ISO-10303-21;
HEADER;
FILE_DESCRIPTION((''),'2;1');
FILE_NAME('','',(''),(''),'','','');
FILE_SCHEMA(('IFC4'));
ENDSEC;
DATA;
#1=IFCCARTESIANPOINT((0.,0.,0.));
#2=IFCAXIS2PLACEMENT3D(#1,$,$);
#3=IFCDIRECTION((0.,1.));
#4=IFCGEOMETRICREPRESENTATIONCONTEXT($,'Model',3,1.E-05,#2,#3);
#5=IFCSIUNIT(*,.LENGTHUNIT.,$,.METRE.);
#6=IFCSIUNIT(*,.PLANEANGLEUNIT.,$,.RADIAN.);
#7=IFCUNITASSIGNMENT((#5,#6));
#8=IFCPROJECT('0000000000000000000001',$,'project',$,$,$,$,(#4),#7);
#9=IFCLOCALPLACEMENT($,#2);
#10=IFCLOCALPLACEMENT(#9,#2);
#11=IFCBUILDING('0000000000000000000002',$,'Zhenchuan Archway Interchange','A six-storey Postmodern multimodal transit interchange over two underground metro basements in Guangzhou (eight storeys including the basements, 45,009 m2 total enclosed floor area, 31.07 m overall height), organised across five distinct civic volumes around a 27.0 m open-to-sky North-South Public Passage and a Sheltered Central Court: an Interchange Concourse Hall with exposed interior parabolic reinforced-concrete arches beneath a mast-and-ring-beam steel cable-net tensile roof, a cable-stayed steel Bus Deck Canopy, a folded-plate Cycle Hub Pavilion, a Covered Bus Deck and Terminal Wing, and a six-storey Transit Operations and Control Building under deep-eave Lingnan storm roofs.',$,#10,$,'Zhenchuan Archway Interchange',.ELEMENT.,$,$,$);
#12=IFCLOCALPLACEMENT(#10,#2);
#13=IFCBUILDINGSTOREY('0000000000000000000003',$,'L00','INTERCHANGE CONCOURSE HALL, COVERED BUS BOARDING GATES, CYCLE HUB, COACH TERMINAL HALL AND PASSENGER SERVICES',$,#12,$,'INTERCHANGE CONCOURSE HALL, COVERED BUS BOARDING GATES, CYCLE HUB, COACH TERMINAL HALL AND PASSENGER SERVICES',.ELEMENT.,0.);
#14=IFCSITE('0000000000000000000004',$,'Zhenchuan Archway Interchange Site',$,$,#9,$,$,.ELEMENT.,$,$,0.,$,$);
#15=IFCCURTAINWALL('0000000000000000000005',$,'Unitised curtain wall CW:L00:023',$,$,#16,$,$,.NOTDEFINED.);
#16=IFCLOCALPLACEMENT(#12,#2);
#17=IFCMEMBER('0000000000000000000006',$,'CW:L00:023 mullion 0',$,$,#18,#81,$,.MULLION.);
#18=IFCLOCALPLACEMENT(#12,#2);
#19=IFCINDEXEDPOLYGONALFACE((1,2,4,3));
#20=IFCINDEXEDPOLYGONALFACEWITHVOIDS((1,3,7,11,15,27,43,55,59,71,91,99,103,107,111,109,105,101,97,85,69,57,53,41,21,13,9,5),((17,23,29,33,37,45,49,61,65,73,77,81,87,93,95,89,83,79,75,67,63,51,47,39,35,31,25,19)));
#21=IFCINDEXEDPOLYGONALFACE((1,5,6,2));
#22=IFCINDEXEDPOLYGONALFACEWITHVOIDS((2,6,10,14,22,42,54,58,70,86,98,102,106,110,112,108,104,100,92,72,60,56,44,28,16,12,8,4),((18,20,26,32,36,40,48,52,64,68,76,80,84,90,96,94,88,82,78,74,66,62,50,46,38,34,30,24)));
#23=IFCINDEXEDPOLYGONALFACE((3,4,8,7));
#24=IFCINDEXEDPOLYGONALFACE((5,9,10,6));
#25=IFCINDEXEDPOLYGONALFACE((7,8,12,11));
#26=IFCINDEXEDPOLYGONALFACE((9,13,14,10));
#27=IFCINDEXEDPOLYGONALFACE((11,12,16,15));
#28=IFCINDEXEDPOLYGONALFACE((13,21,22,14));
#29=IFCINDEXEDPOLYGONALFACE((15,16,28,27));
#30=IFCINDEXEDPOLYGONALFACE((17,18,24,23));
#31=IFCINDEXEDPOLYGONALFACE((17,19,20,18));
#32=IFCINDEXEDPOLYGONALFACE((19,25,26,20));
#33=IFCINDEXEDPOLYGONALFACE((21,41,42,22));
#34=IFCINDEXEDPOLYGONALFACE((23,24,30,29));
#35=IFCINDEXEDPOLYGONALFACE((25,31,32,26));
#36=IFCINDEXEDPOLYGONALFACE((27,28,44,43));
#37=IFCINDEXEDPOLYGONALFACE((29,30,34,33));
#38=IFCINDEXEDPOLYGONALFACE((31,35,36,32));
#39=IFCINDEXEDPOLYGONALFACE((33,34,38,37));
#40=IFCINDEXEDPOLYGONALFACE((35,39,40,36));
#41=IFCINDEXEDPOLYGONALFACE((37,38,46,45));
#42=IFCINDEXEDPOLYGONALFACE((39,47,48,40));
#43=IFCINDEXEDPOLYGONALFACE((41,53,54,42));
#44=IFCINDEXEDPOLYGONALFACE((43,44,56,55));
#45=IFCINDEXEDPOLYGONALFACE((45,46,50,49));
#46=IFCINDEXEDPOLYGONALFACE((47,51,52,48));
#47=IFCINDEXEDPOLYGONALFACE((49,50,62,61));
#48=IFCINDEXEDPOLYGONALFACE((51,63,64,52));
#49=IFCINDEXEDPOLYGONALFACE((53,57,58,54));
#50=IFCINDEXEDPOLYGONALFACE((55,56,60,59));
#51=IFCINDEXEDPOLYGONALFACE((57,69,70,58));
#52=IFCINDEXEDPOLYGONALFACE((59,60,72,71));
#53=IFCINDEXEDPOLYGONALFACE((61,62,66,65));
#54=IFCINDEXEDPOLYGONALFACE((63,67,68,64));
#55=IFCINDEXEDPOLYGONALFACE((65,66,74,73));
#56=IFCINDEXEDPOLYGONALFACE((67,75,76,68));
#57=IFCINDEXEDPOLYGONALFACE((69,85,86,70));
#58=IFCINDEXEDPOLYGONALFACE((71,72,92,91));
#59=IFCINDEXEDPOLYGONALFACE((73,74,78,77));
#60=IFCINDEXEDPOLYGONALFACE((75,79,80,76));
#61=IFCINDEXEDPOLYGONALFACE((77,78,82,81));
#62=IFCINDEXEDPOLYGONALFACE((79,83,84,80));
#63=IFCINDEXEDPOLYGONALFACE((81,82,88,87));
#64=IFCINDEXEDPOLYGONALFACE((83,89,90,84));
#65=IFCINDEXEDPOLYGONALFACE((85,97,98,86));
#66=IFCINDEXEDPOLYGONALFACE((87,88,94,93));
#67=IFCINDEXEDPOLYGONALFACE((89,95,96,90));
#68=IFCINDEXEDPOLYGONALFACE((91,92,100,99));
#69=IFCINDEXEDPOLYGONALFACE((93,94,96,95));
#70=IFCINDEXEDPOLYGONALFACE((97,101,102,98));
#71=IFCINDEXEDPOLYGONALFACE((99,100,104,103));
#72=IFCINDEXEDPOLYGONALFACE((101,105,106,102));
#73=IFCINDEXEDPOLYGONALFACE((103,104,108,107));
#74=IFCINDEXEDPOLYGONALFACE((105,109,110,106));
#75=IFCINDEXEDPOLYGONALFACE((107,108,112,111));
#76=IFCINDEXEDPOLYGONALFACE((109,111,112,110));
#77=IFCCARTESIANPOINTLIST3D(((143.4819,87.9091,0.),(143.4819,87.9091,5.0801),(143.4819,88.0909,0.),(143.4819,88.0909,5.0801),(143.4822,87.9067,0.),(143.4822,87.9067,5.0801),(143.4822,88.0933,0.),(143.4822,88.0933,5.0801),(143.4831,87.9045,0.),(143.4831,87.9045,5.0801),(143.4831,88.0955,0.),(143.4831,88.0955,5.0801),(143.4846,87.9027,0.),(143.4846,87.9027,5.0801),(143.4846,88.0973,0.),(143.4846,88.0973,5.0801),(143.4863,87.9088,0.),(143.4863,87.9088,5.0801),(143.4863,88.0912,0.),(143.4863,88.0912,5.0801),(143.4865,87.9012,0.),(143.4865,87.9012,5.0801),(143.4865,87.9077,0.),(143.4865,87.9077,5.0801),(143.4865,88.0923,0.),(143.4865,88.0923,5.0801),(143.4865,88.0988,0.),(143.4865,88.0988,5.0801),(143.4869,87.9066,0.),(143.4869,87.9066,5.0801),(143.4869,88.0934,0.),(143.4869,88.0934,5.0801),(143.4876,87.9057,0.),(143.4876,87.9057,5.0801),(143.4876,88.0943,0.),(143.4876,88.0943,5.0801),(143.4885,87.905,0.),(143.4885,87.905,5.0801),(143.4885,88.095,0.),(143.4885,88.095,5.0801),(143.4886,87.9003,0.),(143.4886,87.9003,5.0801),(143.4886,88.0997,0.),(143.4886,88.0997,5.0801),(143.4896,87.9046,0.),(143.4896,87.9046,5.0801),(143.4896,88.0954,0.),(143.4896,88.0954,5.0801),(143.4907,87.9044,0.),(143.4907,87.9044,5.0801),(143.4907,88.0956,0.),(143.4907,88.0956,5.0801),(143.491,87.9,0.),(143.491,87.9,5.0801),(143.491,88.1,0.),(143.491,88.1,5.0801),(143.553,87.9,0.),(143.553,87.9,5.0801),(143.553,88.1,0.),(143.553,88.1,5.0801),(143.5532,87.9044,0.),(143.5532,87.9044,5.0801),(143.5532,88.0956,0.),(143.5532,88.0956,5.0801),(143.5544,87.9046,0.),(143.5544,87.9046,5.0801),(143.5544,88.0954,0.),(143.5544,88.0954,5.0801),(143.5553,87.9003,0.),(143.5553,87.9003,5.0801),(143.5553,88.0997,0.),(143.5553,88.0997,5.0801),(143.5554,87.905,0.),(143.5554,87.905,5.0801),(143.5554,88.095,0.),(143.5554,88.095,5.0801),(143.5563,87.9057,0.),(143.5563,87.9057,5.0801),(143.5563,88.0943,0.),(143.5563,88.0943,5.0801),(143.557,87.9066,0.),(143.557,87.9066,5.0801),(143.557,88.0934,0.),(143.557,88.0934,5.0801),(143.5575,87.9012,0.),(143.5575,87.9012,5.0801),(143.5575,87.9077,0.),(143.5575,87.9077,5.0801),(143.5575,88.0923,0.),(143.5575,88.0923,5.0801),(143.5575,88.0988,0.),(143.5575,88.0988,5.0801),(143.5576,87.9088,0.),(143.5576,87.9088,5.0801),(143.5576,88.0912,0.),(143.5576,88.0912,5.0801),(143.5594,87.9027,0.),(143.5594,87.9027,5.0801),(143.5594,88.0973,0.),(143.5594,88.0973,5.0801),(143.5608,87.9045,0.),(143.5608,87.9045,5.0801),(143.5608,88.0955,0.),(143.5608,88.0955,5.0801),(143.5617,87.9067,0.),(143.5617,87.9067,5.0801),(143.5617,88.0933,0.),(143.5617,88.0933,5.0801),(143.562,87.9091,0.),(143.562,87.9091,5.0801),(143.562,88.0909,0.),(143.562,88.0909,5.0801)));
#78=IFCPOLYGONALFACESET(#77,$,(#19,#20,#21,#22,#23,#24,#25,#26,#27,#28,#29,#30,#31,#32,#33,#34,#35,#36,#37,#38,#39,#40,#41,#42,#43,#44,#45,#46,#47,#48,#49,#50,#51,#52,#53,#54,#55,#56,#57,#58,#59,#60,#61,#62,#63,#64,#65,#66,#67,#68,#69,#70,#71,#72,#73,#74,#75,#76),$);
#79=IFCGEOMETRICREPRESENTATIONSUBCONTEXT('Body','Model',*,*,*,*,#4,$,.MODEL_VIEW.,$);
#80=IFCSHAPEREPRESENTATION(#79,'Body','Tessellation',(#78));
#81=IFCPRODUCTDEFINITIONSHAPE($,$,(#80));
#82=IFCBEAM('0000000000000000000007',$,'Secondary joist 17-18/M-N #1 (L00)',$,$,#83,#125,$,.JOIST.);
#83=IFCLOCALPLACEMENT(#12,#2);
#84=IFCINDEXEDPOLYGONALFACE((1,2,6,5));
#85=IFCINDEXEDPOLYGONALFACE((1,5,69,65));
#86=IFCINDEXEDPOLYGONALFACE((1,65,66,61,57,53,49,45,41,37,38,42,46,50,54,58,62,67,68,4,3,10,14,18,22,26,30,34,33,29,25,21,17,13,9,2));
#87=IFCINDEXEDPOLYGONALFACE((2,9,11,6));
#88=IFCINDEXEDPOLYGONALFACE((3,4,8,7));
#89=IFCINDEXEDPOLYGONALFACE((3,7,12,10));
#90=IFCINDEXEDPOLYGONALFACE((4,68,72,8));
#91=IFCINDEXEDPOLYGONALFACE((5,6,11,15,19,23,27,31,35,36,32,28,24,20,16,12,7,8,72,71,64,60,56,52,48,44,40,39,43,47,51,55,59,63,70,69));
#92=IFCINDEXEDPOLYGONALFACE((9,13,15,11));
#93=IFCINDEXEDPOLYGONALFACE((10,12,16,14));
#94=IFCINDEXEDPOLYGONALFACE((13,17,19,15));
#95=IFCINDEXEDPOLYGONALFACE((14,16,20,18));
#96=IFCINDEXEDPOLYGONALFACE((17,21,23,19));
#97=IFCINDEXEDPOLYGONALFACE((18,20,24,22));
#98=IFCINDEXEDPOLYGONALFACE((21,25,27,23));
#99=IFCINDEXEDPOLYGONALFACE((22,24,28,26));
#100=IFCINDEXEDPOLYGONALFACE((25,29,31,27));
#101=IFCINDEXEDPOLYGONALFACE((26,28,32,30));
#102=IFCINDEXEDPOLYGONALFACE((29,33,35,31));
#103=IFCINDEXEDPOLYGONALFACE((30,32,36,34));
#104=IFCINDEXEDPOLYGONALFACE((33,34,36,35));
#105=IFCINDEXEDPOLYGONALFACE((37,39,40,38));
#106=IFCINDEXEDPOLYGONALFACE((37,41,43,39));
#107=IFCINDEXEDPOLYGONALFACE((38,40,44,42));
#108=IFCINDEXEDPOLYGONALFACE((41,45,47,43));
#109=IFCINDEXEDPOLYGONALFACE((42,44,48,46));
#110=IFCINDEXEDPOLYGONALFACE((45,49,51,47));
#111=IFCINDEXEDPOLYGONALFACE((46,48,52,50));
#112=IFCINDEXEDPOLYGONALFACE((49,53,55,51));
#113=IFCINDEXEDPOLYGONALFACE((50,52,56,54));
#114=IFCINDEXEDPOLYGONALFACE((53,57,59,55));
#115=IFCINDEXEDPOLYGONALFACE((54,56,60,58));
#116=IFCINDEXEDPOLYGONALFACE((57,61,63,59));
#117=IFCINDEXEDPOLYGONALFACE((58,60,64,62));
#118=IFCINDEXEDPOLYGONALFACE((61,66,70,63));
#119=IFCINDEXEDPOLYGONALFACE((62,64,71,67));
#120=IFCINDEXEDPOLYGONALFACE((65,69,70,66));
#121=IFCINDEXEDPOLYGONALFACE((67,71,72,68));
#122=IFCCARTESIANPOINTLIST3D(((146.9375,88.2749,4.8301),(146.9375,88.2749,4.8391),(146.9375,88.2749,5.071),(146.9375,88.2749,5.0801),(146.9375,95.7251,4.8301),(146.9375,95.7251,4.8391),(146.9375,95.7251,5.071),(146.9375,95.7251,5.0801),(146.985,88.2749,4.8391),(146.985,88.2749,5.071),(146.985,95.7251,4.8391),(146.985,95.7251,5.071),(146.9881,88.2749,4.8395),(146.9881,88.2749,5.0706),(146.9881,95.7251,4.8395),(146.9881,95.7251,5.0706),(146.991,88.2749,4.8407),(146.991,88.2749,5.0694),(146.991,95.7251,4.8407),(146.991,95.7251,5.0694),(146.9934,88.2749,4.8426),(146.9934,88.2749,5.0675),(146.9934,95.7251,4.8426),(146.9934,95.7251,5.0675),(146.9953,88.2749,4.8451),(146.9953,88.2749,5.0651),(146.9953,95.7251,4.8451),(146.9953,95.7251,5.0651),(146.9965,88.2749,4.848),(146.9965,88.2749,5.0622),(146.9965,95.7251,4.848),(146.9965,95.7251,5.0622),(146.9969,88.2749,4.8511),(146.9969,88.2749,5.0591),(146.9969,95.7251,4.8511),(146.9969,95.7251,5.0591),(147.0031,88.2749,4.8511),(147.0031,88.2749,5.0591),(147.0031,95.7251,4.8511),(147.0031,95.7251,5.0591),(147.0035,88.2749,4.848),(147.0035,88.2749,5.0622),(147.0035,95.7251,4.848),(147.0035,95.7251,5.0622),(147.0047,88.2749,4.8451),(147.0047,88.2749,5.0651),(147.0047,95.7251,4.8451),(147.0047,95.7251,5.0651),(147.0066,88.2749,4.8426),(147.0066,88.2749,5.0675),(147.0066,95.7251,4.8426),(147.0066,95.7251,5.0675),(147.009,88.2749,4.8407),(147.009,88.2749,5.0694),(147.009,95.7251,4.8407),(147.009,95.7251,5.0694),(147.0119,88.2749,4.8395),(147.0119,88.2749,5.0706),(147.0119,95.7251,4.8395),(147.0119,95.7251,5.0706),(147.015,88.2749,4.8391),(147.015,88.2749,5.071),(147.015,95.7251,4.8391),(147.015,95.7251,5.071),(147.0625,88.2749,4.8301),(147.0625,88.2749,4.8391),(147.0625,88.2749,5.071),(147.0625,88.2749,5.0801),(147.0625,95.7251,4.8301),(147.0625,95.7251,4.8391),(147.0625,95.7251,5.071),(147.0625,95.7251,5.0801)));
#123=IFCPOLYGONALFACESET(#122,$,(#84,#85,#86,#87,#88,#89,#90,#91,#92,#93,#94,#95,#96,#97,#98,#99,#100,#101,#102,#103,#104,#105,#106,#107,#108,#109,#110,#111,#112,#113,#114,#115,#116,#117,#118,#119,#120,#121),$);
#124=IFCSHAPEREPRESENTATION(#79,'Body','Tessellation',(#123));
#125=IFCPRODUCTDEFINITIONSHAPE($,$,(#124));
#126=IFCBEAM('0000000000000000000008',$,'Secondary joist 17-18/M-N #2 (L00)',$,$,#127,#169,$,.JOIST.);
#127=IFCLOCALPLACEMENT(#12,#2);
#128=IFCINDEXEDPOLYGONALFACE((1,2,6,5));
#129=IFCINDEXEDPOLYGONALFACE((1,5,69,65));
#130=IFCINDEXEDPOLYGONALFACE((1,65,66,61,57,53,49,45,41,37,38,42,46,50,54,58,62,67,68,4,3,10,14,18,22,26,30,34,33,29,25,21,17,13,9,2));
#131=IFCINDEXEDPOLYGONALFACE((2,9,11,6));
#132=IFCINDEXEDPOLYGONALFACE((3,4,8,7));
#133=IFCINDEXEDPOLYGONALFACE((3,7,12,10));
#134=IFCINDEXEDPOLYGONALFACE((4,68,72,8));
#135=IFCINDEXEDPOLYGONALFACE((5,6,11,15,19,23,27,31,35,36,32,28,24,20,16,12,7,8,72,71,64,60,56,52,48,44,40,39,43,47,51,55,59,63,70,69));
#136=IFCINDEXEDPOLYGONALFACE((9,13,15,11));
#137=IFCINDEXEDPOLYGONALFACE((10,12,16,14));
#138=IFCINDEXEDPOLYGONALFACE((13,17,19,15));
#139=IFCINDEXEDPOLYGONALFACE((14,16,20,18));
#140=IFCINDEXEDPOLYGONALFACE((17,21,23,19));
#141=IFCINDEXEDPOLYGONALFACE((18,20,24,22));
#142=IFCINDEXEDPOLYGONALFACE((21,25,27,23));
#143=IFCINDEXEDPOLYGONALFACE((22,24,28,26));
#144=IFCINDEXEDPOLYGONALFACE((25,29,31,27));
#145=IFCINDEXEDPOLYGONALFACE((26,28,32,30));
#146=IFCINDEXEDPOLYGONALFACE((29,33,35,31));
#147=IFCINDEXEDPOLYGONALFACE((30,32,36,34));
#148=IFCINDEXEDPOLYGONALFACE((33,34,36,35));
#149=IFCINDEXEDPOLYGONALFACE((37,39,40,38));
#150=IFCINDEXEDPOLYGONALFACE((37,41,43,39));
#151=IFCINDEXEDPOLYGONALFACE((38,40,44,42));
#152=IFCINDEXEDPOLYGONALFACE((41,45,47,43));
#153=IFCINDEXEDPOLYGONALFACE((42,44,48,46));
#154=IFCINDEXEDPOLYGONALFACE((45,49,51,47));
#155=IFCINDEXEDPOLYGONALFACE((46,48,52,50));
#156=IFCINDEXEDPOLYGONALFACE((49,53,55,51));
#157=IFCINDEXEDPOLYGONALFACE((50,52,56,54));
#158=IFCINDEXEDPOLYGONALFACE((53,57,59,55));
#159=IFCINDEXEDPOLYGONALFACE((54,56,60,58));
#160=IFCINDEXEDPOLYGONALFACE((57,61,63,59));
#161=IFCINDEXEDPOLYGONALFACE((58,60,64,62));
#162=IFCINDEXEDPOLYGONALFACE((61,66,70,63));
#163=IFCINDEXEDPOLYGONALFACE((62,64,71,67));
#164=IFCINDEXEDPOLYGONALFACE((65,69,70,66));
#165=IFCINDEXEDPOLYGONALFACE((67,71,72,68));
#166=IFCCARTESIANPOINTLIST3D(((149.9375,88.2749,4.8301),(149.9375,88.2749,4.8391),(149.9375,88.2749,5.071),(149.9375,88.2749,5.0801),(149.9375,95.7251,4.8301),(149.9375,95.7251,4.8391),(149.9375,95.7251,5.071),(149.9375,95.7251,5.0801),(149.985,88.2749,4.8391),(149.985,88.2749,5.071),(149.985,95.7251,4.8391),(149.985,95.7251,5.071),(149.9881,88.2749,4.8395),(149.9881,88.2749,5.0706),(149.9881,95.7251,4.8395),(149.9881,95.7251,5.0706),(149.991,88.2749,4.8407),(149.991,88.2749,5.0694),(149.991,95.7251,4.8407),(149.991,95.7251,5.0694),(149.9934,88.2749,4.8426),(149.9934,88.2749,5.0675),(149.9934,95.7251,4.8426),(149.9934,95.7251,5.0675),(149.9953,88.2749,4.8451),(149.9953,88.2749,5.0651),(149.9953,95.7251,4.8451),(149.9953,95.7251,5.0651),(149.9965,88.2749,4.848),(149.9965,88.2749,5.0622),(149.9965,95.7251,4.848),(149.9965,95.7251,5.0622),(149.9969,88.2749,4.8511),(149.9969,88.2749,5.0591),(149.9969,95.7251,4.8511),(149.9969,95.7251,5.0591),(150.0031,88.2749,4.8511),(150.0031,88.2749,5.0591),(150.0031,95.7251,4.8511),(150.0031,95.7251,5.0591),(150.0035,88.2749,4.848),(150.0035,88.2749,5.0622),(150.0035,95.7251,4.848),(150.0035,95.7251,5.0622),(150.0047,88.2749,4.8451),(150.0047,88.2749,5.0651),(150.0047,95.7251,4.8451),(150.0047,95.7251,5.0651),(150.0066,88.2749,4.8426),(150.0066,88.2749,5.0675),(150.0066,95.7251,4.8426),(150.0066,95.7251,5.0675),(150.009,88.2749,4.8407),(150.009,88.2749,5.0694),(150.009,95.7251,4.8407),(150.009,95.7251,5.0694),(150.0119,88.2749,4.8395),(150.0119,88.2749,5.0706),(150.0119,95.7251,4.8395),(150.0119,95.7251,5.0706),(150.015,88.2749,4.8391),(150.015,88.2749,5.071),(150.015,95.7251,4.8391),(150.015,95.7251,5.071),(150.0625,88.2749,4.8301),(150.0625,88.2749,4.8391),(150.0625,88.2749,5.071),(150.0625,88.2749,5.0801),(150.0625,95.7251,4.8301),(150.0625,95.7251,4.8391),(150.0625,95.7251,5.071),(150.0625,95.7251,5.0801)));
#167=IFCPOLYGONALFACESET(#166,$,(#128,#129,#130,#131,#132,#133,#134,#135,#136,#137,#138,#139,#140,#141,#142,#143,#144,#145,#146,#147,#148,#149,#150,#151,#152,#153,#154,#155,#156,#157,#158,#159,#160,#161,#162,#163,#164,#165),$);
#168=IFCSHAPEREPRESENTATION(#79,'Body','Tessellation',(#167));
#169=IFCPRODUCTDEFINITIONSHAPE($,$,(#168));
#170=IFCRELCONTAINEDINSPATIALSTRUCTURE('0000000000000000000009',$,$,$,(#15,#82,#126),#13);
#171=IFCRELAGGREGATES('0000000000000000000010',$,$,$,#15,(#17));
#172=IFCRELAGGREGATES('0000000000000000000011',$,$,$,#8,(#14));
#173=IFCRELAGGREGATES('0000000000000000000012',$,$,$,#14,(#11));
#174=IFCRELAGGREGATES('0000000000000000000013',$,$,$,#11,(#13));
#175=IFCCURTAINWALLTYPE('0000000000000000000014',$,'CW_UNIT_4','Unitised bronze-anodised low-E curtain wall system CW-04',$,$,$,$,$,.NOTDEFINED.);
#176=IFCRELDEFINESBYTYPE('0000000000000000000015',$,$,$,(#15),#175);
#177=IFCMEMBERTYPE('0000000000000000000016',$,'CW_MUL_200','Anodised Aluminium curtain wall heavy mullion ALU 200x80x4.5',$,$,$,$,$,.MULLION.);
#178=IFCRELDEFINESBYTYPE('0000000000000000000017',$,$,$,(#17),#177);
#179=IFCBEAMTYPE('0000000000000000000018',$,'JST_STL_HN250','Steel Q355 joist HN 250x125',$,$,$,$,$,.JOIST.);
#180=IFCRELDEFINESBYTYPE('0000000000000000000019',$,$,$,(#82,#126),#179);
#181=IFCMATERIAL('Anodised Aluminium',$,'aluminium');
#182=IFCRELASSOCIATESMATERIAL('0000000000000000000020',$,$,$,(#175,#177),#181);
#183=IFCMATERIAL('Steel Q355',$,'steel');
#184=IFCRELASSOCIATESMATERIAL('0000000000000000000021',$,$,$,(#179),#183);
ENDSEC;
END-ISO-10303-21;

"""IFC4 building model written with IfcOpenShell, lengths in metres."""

from ifc_helpers import new_model, si_unit, direction, frame, origin, origin_2d, place, context, subcontext, project, spatial, hollow_rectangle, i_section, extrude, material, material_profile, profile_set, type_object, element, aggregate, save


model = new_model("IFC4")

# Units and contexts
model_context = context("Model", 3, precision=1e-05, world=origin(), true_north=direction((0.0, 1.0)))
body_context = subcontext(model_context, "Body", "Model", "MODEL_VIEW")
ifc_project = project(units=[si_unit("LENGTHUNIT", "METRE"), si_unit("PLANEANGLEUNIT", "RADIAN")], contexts=[model_context])

# Site, building, storey
site_placement = place(None, origin())
site = spatial("IfcSite", under=ifc_project, at=site_placement, Name="Zhenchuan Archway Interchange Site", CompositionType="ELEMENT", RefElevation=0.0)
building_placement = place(site_placement, origin())
building = spatial("IfcBuilding", under=site, at=building_placement, Name="Zhenchuan Archway Interchange", Description="A six-storey Postmodern multimodal transit interchange over two underground metro basements in Guangzhou (eight storeys including the basements, 45,009 m2 total enclosed floor area, 31.07 m overall height), organised across five distinct civic volumes around a 27.0 m open-to-sky North-South Public Passage and a Sheltered Central Court: an Interchange Concourse Hall with exposed interior parabolic reinforced-concrete arches beneath a mast-and-ring-beam steel cable-net tensile roof, a cable-stayed steel Bus Deck Canopy, a folded-plate Cycle Hub Pavilion, a Covered Bus Deck and Terminal Wing, and a six-storey Transit Operations and Control Building under deep-eave Lingnan storm roofs.", LongName="Zhenchuan Archway Interchange", CompositionType="ELEMENT")
storey_placement = place(building_placement, origin())
storey = spatial("IfcBuildingStorey", under=building, at=storey_placement, Name="L00", Description="INTERCHANGE CONCOURSE HALL, COVERED BUS BOARDING GATES, CYCLE HUB, COACH TERMINAL HALL AND PASSENGER SERVICES", LongName="INTERCHANGE CONCOURSE HALL, COVERED BUS BOARDING GATES, CYCLE HUB, COACH TERMINAL HALL AND PASSENGER SERVICES", CompositionType="ELEMENT", Elevation=0.0)

# Curtain wall, member
ifc_material_1 = material(Name="Anodised Aluminium", Category="aluminium")
curtain_wall_type = type_object("IfcCurtainWallType", Name="CW_UNIT_4", Description="Unitised bronze-anodised low-E curtain wall system CW-04", PredefinedType="NOTDEFINED", material=ifc_material_1)
curtain_wall_placement = place(storey_placement, origin())
curtain_wall = element("IfcCurtainWall", 1, at=curtain_wall_placement, inside=storey, type_object=curtain_wall_type, Name="Unitised curtain wall CW:L00:023", PredefinedType="NOTDEFINED")
ifc_material_profile_1 = material_profile(ifc_material_1, hollow_rectangle(XDim=0.0801, YDim=0.2, WallThickness=0.0044, InnerFilletRadius=0.0044, OuterFilletRadius=0.009, at=origin_2d()), Name="ALU 200x80x4.5")
ifc_profile_set_1 = profile_set([ifc_material_profile_1], Name="Anodised Aluminium")
member_type = type_object("IfcMemberType", Name="CW_MUL_200", Description="Anodised Aluminium curtain wall heavy mullion ALU 200x80x4.5", PredefinedType="MULLION", material=ifc_profile_set_1)
member_placement = place(storey_placement, frame((143.522, 88.0, 0.0), z_axis=(0.0, 0.0, 1.0), x_axis=(1.0, 0.0, 0.0)))
member = element("IfcMember", 2, at=member_placement, type_object=member_type, Name="CW:L00:023 mullion 0", PredefinedType="MULLION", context=body_context, shape_type="SweptSolid", body=[
    extrude(hollow_rectangle(XDim=0.0801, YDim=0.2, WallThickness=0.0044, InnerFilletRadius=0.0044, OuterFilletRadius=0.009, at=origin_2d()), origin(), (0.0, 0.0, 1.0), 5.0801),
])
aggregate(curtain_wall, [member])

# Beams
ifc_material_2 = material(Name="Steel Q355", Category="steel")
ifc_material_profile_2 = material_profile(ifc_material_2, i_section(OverallWidth=0.125, OverallDepth=0.25, WebThickness=0.0061, FlangeThickness=0.009, FilletRadius=0.012, at=origin_2d()), Name="HN 250x125")
ifc_profile_set_2 = profile_set([ifc_material_profile_2], Name="Steel Q355")
beam_type_1 = type_object("IfcBeamType", Name="JST_STL_HN250", Description="Steel Q355 joist HN 250x125", PredefinedType="JOIST", material=ifc_profile_set_2)
for number, where, z_axis, x_axis, name in (
    (3, (147.0, 88.2749, 4.9551), (0.0, 1.0, 0.0), (-1.0, 0.0, 0.0), "Secondary joist 17-18/M-N #1 (L00)"),
    (4, (150.0, 88.2749, 4.9551), (0.0, 1.0, 0.0), (-1.0, 0.0, 0.0), "Secondary joist 17-18/M-N #2 (L00)"),
):
    element("IfcBeam", number, at=place(storey_placement, frame(where, z_axis=z_axis, x_axis=x_axis)), inside=storey, type_object=beam_type_1, Name=name, PredefinedType="JOIST", context=body_context, shape_type="SweptSolid", body=[
        extrude(i_section(OverallWidth=0.125, OverallDepth=0.25, WebThickness=0.0061, FlangeThickness=0.009, FilletRadius=0.012, at=origin_2d()), origin(), (0.0, 0.0, 1.0), 7.4502),
    ])

save(model, "model.ifc")
